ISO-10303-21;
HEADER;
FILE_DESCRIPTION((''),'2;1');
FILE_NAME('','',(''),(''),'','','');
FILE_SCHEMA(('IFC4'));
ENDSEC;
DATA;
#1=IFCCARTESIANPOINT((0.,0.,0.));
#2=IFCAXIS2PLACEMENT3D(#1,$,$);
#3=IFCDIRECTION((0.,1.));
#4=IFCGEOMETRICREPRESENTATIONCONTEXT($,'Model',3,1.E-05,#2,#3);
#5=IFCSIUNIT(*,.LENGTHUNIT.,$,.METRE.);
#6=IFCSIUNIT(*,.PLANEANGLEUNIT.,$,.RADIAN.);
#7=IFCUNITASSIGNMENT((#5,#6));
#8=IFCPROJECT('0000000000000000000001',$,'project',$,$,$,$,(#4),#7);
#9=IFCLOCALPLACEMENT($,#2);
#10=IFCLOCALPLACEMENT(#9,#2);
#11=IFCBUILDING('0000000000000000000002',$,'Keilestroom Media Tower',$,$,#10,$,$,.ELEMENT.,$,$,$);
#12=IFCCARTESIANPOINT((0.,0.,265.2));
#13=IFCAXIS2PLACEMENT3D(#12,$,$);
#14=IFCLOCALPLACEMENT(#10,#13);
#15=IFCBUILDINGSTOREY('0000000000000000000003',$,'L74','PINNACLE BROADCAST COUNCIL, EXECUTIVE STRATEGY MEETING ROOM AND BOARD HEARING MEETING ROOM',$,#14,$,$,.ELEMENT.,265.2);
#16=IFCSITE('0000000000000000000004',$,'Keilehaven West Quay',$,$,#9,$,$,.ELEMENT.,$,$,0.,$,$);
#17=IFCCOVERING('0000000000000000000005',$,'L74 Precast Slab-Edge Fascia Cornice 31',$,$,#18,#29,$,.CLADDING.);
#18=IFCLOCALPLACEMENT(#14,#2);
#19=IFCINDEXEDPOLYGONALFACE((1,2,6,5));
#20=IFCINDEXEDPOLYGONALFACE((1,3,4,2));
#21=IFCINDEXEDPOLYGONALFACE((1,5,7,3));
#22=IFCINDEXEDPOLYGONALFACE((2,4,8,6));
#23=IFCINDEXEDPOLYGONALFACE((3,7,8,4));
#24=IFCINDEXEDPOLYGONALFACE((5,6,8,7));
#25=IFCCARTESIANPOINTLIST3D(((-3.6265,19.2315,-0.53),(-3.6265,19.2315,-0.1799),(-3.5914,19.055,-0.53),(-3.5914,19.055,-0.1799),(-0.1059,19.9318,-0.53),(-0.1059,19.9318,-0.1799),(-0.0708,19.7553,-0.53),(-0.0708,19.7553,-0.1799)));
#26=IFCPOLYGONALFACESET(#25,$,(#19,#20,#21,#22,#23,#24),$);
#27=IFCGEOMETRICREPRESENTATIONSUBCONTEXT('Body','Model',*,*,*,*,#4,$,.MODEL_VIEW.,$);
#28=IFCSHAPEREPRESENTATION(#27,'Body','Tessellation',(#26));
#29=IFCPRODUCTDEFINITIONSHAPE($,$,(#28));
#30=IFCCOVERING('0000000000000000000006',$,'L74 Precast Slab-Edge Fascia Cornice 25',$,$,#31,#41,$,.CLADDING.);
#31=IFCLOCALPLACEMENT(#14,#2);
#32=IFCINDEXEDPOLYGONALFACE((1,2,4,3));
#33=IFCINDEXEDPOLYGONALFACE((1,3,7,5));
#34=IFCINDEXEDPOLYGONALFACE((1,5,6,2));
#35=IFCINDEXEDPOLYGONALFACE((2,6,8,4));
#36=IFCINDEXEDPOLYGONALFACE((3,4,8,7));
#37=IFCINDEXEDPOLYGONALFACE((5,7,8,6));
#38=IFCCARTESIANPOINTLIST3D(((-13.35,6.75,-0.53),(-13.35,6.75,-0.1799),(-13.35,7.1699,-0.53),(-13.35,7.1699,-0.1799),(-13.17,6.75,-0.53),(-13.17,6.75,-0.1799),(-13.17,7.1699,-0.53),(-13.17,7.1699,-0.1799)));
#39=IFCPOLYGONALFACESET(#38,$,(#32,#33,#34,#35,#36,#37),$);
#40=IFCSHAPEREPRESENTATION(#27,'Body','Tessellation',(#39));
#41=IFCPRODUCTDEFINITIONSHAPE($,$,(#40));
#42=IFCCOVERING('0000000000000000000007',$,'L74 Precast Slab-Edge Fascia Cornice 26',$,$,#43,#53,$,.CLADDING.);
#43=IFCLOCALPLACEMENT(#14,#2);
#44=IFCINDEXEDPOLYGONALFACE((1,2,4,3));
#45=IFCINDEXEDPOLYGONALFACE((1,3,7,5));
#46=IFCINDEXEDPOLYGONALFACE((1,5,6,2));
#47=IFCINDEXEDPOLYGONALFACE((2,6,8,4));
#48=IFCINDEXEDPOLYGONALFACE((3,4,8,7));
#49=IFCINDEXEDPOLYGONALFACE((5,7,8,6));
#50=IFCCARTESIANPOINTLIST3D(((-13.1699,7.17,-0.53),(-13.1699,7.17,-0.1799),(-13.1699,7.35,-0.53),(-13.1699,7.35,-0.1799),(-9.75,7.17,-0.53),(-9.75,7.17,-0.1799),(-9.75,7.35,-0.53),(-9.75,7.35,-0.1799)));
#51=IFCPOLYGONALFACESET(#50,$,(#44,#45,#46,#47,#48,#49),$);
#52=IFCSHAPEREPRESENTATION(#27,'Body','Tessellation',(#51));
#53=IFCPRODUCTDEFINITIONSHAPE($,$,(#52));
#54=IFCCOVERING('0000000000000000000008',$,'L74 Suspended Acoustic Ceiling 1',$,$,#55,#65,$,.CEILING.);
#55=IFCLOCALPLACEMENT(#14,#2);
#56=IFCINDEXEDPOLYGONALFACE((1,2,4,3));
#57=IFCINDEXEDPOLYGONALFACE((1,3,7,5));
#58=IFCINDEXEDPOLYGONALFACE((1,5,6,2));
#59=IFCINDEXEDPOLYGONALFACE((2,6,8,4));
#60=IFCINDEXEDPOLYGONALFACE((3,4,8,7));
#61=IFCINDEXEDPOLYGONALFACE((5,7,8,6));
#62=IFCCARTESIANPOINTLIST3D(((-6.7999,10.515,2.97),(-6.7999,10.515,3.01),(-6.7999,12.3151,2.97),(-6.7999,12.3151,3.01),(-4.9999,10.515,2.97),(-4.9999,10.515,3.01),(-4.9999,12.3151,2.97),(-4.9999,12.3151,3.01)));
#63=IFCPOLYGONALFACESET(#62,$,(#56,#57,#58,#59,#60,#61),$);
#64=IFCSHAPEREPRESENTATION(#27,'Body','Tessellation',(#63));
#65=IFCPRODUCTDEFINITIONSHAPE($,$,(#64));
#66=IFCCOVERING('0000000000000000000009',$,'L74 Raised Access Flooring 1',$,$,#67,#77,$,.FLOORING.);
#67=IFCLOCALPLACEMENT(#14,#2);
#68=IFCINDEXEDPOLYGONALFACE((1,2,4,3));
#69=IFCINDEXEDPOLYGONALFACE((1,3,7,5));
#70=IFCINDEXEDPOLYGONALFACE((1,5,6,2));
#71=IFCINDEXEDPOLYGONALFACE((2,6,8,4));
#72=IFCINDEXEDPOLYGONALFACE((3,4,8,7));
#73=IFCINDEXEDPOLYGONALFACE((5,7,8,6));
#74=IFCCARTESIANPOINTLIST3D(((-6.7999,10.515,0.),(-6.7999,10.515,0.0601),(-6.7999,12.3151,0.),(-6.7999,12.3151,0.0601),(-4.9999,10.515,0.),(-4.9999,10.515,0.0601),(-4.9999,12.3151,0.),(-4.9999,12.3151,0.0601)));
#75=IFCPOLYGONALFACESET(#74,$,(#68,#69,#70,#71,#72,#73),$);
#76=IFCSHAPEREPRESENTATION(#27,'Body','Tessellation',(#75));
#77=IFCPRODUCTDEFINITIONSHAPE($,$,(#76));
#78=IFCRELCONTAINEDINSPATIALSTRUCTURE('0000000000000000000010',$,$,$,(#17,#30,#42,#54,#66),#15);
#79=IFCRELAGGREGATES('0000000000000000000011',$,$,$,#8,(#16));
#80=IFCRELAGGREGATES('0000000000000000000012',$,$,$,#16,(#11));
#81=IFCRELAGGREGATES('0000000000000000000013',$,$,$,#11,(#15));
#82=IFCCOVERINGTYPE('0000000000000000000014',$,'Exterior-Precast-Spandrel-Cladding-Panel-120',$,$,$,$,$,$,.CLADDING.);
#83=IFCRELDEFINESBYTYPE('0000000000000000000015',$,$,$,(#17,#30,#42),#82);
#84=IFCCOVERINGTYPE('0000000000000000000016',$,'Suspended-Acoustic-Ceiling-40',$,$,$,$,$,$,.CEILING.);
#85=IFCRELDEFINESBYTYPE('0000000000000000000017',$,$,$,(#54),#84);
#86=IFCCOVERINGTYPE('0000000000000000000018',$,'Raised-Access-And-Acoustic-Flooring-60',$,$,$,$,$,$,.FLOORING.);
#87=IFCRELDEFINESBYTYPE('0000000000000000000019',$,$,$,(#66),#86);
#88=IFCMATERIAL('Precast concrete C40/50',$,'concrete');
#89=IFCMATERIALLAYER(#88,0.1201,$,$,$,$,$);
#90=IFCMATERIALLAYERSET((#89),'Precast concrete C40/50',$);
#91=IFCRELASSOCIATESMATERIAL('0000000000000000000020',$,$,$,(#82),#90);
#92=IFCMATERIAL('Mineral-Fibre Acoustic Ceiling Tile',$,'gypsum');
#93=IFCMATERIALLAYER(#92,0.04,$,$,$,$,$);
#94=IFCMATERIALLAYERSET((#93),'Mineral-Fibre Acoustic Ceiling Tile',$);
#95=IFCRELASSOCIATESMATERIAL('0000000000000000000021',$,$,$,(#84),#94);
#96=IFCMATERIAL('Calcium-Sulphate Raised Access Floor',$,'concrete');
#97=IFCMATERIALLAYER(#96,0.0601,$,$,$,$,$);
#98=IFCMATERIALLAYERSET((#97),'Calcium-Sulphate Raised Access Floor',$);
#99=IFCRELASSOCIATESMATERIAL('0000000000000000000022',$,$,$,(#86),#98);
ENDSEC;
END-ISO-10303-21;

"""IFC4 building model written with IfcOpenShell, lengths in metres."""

from ifc_helpers import new_model, si_unit, direction, frame, origin, origin_2d, place, context, subcontext, project, spatial, rectangle, extrude, source, transform, mapped, material, layer, layer_set, type_object, element, save


model = new_model("IFC4")

# Units and contexts
model_context = context("Model", 3, precision=1e-05, world=origin(), true_north=direction((0.0, 1.0)))
body_context = subcontext(model_context, "Body", "Model", "MODEL_VIEW")
ifc_project = project(units=[si_unit("LENGTHUNIT", "METRE"), si_unit("PLANEANGLEUNIT", "RADIAN")], contexts=[model_context])

# Site, building, storey
site_placement = place(None, origin())
site = spatial("IfcSite", under=ifc_project, at=site_placement, Name="Keilehaven West Quay", CompositionType="ELEMENT", RefElevation=0.0)
building_placement = place(site_placement, origin())
building = spatial("IfcBuilding", under=site, at=building_placement, Name="Keilestroom Media Tower", CompositionType="ELEMENT")
storey_placement = place(building_placement, frame((0.0, 0.0, 265.2)))
storey = spatial("IfcBuildingStorey", under=building, at=storey_placement, Name="L74", Description="PINNACLE BROADCAST COUNCIL, EXECUTIVE STRATEGY MEETING ROOM AND BOARD HEARING MEETING ROOM", CompositionType="ELEMENT", Elevation=265.2)

# Shared definitions
ifc_material_1 = material(Name="Precast concrete C40/50", Category="concrete")

# Coverings
ifc_layer_1 = layer(ifc_material_1, 0.1201)
ifc_layer_set_1 = layer_set([ifc_layer_1], Name="Precast concrete C40/50")
covering_type_1 = type_object("IfcCoveringType", Name="Exterior-Precast-Spandrel-Cladding-Panel-120", PredefinedType="CLADDING", material=ifc_layer_set_1)
shared_shape_1 = source(origin(), body_context, "Body", "SweptSolid", [
    extrude(rectangle(XDim=3.5896, YDim=0.1799, at=origin_2d()), origin(), (0.0, 0.0, 1.0), 0.3501),
])
for number, where, z_axis, x_axis, name in (
    (1, (-1.8486, 19.4934, -0.53), (0.0, 0.0, 1.0), (0.980784, 0.195099, 0.0), "L74 Precast Slab-Edge Fascia Cornice 31"),
):
    element("IfcCovering", number, at=place(storey_placement, frame(where, z_axis=z_axis, x_axis=x_axis)), inside=storey, type_object=covering_type_1, Name=name, PredefinedType="CLADDING", context=body_context, shape_type="MappedRepresentation", body=[
        mapped(shared_shape_1, transform((0.0, 0.0, 0.0), x_axis=(1.0, 0.0, 0.0), y_axis=(0.0, 1.0, 0.0), z_axis=(0.0, 0.0, 1.0), scale=1.0)),
    ])
shared_shape_2 = source(origin(), body_context, "Body", "SweptSolid", [
    extrude(rectangle(XDim=0.4199, YDim=0.1799, at=origin_2d()), origin(), (0.0, 0.0, 1.0), 0.3501),
])
covering_1_placement = place(storey_placement, frame((-13.26, 6.96, -0.53), z_axis=(0.0, 0.0, 1.0), x_axis=(0.0, 1.0, 0.0)))
element("IfcCovering", 2, at=covering_1_placement, inside=storey, type_object=covering_type_1, Name="L74 Precast Slab-Edge Fascia Cornice 25", PredefinedType="CLADDING", context=body_context, shape_type="MappedRepresentation", body=[
    mapped(shared_shape_2, transform((0.0, 0.0, 0.0), x_axis=(1.0, 0.0, 0.0), y_axis=(0.0, 1.0, 0.0), z_axis=(0.0, 0.0, 1.0), scale=1.0)),
])
shared_shape_3 = source(origin(), body_context, "Body", "SweptSolid", [
    extrude(rectangle(XDim=3.4199, YDim=0.1799, at=origin_2d()), origin(), (0.0, 0.0, 1.0), 0.3501),
])
covering_2_placement = place(storey_placement, frame((-11.46, 7.26, -0.53), z_axis=(0.0, 0.0, 1.0), x_axis=(1.0, 0.0, 0.0)))
element("IfcCovering", 3, at=covering_2_placement, inside=storey, type_object=covering_type_1, Name="L74 Precast Slab-Edge Fascia Cornice 26", PredefinedType="CLADDING", context=body_context, shape_type="MappedRepresentation", body=[
    mapped(shared_shape_3, transform((0.0, 0.0, 0.0), x_axis=(1.0, 0.0, 0.0), y_axis=(0.0, 1.0, 0.0), z_axis=(0.0, 0.0, 1.0), scale=1.0)),
])
ifc_material_2 = material(Name="Mineral-Fibre Acoustic Ceiling Tile", Category="gypsum")
ifc_layer_2 = layer(ifc_material_2, 0.04)
ifc_layer_set_2 = layer_set([ifc_layer_2], Name="Mineral-Fibre Acoustic Ceiling Tile")
covering_type_2 = type_object("IfcCoveringType", Name="Suspended-Acoustic-Ceiling-40", PredefinedType="CEILING", material=ifc_layer_set_2)
shared_shape_4 = source(origin(), body_context, "Body", "SweptSolid", [
    extrude(rectangle(XDim=1.8, YDim=1.8, at=origin_2d()), origin(), (0.0, 0.0, 1.0), 0.04),
])
covering_3_placement = place(storey_placement, frame((-5.8999, 11.415, 2.97), z_axis=(0.0, 0.0, 1.0), x_axis=(1.0, 0.0, 0.0)))
element("IfcCovering", 4, at=covering_3_placement, inside=storey, type_object=covering_type_2, Name="L74 Suspended Acoustic Ceiling 1", PredefinedType="CEILING", context=body_context, shape_type="MappedRepresentation", body=[
    mapped(shared_shape_4, transform((0.0, 0.0, 0.0), x_axis=(1.0, 0.0, 0.0), y_axis=(0.0, 1.0, 0.0), z_axis=(0.0, 0.0, 1.0), scale=1.0)),
])
ifc_material_3 = material(Name="Calcium-Sulphate Raised Access Floor", Category="concrete")
ifc_layer_3 = layer(ifc_material_3, 0.0601)
ifc_layer_set_3 = layer_set([ifc_layer_3], Name="Calcium-Sulphate Raised Access Floor")
covering_type_3 = type_object("IfcCoveringType", Name="Raised-Access-And-Acoustic-Flooring-60", PredefinedType="FLOORING", material=ifc_layer_set_3)
shared_shape_5 = source(origin(), body_context, "Body", "SweptSolid", [
    extrude(rectangle(XDim=1.8, YDim=1.8, at=origin_2d()), origin(), (0.0, 0.0, 1.0), 0.0601),
])
covering_4_placement = place(storey_placement, frame((-5.8999, 11.415, 0.0), z_axis=(0.0, 0.0, 1.0), x_axis=(1.0, 0.0, 0.0)))
element("IfcCovering", 5, at=covering_4_placement, inside=storey, type_object=covering_type_3, Name="L74 Raised Access Flooring 1", PredefinedType="FLOORING", context=body_context, shape_type="MappedRepresentation", body=[
    mapped(shared_shape_5, transform((0.0, 0.0, 0.0), x_axis=(1.0, 0.0, 0.0), y_axis=(0.0, 1.0, 0.0), z_axis=(0.0, 0.0, 1.0), scale=1.0)),
])

save(model, "model.ifc")
